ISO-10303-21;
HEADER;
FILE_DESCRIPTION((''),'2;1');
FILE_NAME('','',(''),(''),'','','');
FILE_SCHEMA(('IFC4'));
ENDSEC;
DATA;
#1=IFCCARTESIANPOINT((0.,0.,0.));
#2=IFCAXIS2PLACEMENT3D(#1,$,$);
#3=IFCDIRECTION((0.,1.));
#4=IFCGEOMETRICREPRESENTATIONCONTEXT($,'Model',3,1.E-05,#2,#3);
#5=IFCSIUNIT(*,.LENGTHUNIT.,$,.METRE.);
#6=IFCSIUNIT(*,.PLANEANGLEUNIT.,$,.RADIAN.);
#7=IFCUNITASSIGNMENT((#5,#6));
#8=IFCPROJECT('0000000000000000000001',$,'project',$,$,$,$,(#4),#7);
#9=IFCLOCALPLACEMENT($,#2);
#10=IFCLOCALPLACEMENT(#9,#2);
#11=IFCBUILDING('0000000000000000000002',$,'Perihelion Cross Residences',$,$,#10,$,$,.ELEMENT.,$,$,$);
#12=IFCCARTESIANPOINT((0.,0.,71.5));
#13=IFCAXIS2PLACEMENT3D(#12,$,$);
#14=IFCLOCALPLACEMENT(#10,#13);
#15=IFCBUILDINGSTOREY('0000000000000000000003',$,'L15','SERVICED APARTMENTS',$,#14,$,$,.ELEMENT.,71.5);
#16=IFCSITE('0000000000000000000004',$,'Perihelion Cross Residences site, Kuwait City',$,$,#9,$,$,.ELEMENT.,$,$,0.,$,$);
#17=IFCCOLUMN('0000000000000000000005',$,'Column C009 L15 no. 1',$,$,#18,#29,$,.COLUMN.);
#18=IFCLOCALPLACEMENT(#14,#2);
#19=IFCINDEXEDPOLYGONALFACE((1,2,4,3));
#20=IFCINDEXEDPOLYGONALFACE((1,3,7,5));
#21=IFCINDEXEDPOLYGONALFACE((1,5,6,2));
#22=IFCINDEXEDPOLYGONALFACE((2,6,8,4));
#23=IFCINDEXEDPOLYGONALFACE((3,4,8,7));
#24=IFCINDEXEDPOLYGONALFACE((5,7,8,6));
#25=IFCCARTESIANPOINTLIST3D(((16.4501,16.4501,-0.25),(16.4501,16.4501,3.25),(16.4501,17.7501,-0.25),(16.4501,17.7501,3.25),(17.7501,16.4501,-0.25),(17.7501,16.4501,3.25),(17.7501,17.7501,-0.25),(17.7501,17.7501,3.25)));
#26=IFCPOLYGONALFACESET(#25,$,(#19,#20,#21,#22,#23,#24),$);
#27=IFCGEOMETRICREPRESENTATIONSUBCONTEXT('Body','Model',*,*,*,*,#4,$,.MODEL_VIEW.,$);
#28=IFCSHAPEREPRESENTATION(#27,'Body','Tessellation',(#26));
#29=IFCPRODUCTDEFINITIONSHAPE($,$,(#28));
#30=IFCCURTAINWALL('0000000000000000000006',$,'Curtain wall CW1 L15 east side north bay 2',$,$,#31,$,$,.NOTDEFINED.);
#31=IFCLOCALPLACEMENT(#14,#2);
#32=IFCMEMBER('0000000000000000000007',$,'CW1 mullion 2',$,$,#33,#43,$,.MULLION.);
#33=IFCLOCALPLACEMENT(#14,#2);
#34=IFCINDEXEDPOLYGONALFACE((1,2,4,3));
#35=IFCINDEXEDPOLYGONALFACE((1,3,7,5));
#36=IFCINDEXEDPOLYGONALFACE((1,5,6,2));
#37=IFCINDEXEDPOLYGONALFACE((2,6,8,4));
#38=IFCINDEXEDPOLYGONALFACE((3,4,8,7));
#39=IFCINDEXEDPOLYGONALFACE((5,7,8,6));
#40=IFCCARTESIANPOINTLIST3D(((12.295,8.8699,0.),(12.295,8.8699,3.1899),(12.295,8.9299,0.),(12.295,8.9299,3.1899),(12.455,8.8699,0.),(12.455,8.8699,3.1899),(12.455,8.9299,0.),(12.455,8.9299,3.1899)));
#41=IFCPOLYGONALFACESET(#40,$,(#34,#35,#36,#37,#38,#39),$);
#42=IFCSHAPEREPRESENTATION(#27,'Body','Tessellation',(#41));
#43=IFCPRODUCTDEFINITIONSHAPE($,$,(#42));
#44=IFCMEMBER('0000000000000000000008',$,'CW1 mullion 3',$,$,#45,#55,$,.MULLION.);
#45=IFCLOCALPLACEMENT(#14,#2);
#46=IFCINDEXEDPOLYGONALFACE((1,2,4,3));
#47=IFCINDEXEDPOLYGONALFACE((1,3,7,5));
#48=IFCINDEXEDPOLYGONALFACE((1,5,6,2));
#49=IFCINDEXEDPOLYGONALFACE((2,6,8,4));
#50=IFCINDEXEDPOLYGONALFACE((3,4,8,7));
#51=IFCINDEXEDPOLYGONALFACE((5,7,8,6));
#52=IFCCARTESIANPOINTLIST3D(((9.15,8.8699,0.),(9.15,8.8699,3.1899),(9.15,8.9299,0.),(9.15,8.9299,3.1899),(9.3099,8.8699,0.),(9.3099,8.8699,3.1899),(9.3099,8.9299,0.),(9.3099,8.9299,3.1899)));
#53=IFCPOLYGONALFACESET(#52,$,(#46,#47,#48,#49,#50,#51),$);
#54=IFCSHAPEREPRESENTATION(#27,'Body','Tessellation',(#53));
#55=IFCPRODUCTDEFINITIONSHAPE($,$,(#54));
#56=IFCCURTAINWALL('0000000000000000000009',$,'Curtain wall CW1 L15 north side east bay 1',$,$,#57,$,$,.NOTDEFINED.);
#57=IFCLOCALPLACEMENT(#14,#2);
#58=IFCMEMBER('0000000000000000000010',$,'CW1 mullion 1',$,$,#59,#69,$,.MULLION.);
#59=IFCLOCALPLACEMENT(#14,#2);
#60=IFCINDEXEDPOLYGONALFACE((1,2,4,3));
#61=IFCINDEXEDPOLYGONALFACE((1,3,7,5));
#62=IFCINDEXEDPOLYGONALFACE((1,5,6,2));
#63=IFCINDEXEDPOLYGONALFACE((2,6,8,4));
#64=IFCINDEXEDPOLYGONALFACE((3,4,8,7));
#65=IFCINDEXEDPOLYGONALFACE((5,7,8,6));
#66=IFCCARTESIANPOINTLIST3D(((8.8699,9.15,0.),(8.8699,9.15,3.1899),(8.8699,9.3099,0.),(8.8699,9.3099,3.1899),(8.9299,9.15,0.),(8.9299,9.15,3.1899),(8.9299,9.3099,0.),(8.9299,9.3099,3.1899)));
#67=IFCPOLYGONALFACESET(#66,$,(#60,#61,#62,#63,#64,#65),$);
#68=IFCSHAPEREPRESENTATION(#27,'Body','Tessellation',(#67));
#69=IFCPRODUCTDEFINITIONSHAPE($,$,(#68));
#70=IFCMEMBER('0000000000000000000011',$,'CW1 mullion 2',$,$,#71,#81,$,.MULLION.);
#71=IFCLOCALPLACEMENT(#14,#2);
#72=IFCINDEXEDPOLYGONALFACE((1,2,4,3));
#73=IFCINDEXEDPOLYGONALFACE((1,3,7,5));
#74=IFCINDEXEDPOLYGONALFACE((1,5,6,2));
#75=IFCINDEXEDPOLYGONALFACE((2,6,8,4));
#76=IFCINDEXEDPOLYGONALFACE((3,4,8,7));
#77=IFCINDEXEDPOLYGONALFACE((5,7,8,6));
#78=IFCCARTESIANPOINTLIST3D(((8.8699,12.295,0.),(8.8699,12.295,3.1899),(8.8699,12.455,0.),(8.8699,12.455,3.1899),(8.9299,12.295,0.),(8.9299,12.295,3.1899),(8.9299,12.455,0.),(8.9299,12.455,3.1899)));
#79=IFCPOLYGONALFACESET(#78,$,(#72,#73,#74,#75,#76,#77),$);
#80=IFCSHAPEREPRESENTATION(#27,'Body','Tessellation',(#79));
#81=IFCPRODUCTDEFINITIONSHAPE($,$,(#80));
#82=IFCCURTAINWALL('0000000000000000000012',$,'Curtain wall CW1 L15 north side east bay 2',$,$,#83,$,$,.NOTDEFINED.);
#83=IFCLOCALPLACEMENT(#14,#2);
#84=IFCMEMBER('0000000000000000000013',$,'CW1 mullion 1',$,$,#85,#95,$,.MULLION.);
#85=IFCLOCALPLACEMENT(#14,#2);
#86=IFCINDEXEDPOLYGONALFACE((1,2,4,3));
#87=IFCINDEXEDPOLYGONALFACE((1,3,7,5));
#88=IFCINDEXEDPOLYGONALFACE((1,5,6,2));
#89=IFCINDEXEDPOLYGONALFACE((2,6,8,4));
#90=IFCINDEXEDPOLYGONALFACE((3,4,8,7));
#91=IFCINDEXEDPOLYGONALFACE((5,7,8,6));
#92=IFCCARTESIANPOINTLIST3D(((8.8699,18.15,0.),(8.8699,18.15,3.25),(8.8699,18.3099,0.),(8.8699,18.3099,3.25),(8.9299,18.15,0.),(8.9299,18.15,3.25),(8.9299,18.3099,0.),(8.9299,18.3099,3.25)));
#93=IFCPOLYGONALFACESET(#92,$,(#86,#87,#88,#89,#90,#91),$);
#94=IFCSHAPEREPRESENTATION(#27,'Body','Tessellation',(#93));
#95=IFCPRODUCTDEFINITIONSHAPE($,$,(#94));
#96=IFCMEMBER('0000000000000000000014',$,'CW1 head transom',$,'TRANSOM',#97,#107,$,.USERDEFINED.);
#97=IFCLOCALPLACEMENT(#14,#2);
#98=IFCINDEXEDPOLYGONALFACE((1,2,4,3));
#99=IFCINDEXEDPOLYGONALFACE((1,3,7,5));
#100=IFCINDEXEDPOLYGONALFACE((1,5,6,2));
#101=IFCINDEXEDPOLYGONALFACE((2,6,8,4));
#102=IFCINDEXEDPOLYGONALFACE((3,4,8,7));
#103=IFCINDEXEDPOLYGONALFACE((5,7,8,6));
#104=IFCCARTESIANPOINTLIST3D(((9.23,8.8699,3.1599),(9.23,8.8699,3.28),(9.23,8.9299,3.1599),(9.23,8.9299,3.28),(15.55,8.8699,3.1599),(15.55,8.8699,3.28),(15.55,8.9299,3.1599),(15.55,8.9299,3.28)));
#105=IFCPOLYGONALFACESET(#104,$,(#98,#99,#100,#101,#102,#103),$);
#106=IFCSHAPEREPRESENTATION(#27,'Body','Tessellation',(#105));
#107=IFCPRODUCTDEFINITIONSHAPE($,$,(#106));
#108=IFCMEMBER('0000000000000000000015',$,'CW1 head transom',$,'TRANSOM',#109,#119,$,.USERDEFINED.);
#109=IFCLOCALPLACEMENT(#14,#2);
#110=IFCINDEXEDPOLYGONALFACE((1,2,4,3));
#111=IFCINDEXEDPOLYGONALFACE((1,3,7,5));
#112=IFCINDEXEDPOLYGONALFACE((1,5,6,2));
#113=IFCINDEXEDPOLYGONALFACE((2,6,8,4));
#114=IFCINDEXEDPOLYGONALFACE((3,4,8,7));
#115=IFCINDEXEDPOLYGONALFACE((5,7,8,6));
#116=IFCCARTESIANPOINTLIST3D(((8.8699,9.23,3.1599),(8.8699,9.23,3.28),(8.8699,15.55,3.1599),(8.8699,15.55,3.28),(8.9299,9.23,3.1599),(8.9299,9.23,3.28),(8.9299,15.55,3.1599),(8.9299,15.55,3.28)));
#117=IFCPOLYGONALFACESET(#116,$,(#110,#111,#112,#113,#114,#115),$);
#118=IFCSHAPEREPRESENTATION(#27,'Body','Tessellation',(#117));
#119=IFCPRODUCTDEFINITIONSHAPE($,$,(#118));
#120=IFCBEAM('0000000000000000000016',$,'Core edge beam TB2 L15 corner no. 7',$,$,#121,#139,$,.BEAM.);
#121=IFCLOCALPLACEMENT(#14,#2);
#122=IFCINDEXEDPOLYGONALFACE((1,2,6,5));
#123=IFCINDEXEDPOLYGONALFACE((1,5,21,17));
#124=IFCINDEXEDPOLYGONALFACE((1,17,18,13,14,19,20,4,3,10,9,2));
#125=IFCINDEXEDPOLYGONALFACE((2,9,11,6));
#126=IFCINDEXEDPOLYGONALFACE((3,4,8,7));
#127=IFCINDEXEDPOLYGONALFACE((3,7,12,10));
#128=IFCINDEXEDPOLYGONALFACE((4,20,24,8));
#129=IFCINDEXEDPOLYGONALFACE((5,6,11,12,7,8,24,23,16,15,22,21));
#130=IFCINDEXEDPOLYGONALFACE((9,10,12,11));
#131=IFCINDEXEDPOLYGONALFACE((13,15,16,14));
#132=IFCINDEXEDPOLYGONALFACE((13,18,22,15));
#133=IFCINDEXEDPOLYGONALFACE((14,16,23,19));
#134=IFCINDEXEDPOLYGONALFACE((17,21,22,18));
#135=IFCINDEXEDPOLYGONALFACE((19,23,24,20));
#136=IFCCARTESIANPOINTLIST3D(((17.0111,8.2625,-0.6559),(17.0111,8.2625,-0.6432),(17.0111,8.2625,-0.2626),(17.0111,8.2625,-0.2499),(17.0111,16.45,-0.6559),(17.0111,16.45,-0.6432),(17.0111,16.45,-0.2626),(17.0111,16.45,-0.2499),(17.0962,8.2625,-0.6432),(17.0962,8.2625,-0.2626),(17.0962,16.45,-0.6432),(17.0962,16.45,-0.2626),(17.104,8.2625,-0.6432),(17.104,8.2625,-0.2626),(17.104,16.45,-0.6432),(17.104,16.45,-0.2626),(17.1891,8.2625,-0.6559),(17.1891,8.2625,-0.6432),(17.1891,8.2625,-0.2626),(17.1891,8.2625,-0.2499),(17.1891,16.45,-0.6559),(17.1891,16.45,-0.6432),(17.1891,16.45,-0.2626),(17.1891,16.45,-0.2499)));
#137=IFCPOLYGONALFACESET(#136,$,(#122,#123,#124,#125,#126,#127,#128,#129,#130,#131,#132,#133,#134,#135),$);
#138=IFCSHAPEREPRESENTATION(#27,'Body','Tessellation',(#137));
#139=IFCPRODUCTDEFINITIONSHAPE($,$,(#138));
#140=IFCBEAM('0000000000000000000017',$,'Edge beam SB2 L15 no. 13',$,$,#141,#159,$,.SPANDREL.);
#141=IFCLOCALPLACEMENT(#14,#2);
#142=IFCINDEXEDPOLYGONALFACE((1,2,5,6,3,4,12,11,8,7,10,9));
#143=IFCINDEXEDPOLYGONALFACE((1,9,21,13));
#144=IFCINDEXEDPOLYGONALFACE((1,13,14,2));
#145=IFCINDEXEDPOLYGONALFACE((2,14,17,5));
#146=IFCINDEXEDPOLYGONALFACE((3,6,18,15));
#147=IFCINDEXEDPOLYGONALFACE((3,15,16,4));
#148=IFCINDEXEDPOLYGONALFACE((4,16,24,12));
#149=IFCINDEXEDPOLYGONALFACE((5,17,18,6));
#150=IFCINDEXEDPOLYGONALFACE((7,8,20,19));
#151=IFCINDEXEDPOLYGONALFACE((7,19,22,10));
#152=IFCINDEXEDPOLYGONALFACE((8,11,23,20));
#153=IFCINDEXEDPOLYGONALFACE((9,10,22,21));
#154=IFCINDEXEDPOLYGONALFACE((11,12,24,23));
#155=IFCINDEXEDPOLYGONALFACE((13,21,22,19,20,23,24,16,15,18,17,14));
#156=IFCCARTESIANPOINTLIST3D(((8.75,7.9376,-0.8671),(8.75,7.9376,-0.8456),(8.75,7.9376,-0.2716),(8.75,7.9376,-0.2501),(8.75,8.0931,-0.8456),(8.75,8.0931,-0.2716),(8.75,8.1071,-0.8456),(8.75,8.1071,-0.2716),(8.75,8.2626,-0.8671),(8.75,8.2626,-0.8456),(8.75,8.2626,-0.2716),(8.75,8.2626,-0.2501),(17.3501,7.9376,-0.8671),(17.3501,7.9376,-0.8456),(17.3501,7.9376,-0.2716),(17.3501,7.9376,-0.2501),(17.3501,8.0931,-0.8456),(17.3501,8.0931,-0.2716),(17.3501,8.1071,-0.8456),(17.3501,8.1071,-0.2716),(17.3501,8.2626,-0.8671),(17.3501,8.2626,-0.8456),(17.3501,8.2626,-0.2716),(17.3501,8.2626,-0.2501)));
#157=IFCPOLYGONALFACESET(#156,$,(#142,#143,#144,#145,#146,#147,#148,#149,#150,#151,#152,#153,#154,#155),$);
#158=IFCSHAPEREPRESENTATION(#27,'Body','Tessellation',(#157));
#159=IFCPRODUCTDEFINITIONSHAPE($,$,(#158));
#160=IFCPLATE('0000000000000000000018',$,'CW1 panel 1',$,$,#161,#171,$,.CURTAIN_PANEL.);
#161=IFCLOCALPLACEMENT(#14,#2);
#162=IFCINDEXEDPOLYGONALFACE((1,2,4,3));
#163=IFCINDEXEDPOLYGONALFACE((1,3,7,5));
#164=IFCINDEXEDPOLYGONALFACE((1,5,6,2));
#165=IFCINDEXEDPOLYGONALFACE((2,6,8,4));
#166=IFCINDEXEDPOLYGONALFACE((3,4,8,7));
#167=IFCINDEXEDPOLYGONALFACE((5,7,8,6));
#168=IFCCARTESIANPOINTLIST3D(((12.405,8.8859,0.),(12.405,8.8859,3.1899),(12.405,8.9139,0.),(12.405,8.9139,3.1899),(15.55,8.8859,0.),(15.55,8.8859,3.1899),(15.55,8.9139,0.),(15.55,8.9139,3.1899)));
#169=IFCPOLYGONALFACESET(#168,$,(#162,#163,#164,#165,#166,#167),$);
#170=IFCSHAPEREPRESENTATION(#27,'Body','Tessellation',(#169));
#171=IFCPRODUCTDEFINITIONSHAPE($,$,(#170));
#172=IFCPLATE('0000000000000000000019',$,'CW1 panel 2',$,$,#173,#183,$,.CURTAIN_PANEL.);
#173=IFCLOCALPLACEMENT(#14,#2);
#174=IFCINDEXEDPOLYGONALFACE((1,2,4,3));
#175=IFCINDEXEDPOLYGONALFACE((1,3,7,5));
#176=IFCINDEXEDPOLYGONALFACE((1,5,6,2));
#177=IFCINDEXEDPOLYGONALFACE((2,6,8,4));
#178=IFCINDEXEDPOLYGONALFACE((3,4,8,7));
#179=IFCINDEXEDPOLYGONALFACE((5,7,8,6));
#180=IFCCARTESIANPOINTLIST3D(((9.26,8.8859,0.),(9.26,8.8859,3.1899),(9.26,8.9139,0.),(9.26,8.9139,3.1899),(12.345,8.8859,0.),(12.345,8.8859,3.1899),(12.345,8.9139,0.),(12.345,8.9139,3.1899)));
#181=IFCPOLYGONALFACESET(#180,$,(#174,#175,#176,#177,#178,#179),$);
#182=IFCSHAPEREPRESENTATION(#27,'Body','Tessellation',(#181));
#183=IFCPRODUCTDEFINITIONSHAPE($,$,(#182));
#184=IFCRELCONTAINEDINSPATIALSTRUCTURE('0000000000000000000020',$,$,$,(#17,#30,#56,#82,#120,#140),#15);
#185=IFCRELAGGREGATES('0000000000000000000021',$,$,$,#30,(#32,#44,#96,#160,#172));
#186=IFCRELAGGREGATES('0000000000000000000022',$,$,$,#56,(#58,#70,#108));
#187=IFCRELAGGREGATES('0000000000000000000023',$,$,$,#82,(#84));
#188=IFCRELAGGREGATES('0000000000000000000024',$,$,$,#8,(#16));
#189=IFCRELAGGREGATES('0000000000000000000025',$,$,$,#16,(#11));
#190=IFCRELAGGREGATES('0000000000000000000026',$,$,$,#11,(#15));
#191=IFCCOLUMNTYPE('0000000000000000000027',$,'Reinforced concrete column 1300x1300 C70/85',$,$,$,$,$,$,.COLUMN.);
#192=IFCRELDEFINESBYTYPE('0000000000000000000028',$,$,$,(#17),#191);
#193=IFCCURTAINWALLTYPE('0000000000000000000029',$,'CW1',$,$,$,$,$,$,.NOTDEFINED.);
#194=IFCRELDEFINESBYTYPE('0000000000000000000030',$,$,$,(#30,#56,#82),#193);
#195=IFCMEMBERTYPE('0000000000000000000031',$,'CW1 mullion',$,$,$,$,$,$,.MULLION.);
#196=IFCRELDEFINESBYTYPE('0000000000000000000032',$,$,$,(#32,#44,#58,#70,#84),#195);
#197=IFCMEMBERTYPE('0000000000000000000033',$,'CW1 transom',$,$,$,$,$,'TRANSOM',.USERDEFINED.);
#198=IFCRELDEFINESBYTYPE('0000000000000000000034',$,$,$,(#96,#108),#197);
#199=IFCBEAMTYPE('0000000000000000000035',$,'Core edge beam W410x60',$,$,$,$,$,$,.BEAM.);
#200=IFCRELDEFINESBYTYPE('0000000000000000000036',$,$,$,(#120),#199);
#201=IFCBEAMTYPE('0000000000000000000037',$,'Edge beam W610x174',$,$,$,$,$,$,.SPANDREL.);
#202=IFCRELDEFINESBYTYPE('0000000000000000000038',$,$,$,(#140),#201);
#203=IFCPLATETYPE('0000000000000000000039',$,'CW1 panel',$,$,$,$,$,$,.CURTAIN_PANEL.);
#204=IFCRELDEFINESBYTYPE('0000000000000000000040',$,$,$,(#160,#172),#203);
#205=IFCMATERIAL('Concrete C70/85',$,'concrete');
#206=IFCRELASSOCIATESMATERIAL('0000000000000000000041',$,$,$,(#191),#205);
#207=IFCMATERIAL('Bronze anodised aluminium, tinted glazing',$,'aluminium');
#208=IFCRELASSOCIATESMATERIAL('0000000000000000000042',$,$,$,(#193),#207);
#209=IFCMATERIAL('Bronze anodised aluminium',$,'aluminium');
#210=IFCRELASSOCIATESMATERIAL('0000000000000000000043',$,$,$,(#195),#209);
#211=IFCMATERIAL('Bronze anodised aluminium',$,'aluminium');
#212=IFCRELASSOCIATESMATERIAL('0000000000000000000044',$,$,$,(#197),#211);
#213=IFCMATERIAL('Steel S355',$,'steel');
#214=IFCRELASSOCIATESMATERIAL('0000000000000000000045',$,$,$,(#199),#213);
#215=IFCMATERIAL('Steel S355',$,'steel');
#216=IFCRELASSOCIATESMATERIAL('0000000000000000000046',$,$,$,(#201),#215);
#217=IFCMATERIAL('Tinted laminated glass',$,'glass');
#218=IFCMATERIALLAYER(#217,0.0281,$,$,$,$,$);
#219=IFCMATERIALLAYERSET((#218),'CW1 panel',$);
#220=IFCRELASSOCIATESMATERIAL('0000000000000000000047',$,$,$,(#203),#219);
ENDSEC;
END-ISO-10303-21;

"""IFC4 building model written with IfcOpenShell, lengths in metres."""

from ifc_helpers import new_model, si_unit, direction, frame, origin, origin_2d, place, context, subcontext, project, spatial, rectangle, i_section, extrude, material, layer, layer_set, material_profile, profile_set, type_object, element, aggregate, save


model = new_model("IFC4")

# Units and contexts
model_context = context("Model", 3, precision=1e-05, world=origin(), true_north=direction((0.0, 1.0)))
body_context = subcontext(model_context, "Body", "Model", "MODEL_VIEW")
ifc_project = project(units=[si_unit("LENGTHUNIT", "METRE"), si_unit("PLANEANGLEUNIT", "RADIAN")], contexts=[model_context])

# Site, building, storey
site_placement = place(None, origin())
site = spatial("IfcSite", under=ifc_project, at=site_placement, Name="Perihelion Cross Residences site, Kuwait City", CompositionType="ELEMENT", RefElevation=0.0)
building_placement = place(site_placement, origin())
building = spatial("IfcBuilding", under=site, at=building_placement, Name="Perihelion Cross Residences", CompositionType="ELEMENT")
storey_placement = place(building_placement, frame((0.0, 0.0, 71.5)))
storey = spatial("IfcBuildingStorey", under=building, at=storey_placement, Name="L15", Description="SERVICED APARTMENTS", CompositionType="ELEMENT", Elevation=71.5)

# Column
ifc_material_1 = material(Name="Concrete C70/85", Category="concrete")
ifc_material_profile_1 = material_profile(ifc_material_1, rectangle(XDim=1.3, YDim=1.3, at=origin_2d()), Name="RC 1300x1300")
ifc_profile_set_1 = profile_set([ifc_material_profile_1], Name="Concrete C70/85")
column_type = type_object("IfcColumnType", Name="Reinforced concrete column 1300x1300 C70/85", PredefinedType="COLUMN", material=ifc_profile_set_1)
column_placement = place(storey_placement, frame((17.1001, 17.1001, -0.25), z_axis=(0.0, 0.0, 1.0), x_axis=(1.0, 0.0, 0.0)))
element("IfcColumn", 1, at=column_placement, inside=storey, type_object=column_type, Name="Column C009 L15 no. 1", PredefinedType="COLUMN", context=body_context, shape_type="SweptSolid", body=[
    extrude(rectangle(XDim=1.3, YDim=1.3, at=origin_2d()), origin(), (0.0, 0.0, 1.0), 3.5),
])

# Curtain walls, members
ifc_material_2 = material(Name="Bronze anodised aluminium, tinted glazing", Category="aluminium")
curtain_wall_type = type_object("IfcCurtainWallType", Name="CW1", PredefinedType="NOTDEFINED", material=ifc_material_2)
curtain_wall_1_placement = place(storey_placement, origin())
curtain_wall_1 = element("IfcCurtainWall", 2, at=curtain_wall_1_placement, inside=storey, type_object=curtain_wall_type, Name="Curtain wall CW1 L15 east side north bay 2", PredefinedType="NOTDEFINED")
ifc_material_3 = material(Name="Bronze anodised aluminium", Category="aluminium")
ifc_material_profile_2 = material_profile(ifc_material_3, rectangle(XDim=0.0601, YDim=0.1599, at=origin_2d()), Name="CW1 mullion")
ifc_profile_set_2 = profile_set([ifc_material_profile_2], Name="Bronze anodised aluminium")
member_type_1 = type_object("IfcMemberType", Name="CW1 mullion", PredefinedType="MULLION", material=ifc_profile_set_2)
member_1_placement = place(storey_placement, frame((12.375, 8.8999, 0.0), z_axis=(0.0, 0.0, 1.0), x_axis=(0.0, -1.0, 0.0)))
member_1 = element("IfcMember", 3, at=member_1_placement, type_object=member_type_1, Name="CW1 mullion 2", PredefinedType="MULLION", context=body_context, shape_type="SweptSolid", body=[
    extrude(rectangle(XDim=0.0601, YDim=0.1599, at=origin_2d()), origin(), (0.0, 0.0, 1.0), 3.1899),
])
member_2_placement = place(storey_placement, frame((9.23, 8.8999, 0.0), z_axis=(0.0, 0.0, 1.0), x_axis=(0.0, -1.0, 0.0)))
member_2 = element("IfcMember", 4, at=member_2_placement, type_object=member_type_1, Name="CW1 mullion 3", PredefinedType="MULLION", context=body_context, shape_type="SweptSolid", body=[
    extrude(rectangle(XDim=0.0601, YDim=0.1599, at=origin_2d()), origin(), (0.0, 0.0, 1.0), 3.1899),
])
curtain_wall_2_placement = place(storey_placement, origin())
curtain_wall_2 = element("IfcCurtainWall", 5, at=curtain_wall_2_placement, inside=storey, type_object=curtain_wall_type, Name="Curtain wall CW1 L15 north side east bay 1", PredefinedType="NOTDEFINED")
member_3_placement = place(storey_placement, frame((8.8999, 9.23, 0.0), z_axis=(0.0, 0.0, 1.0), x_axis=(-1.0, 0.0, 0.0)))
member_3 = element("IfcMember", 6, at=member_3_placement, type_object=member_type_1, Name="CW1 mullion 1", PredefinedType="MULLION", context=body_context, shape_type="SweptSolid", body=[
    extrude(rectangle(XDim=0.0601, YDim=0.1599, at=origin_2d()), origin(), (0.0, 0.0, 1.0), 3.1899),
])
member_4_placement = place(storey_placement, frame((8.8999, 12.375, 0.0), z_axis=(0.0, 0.0, 1.0), x_axis=(-1.0, 0.0, 0.0)))
member_4 = element("IfcMember", 7, at=member_4_placement, type_object=member_type_1, Name="CW1 mullion 2", PredefinedType="MULLION", context=body_context, shape_type="SweptSolid", body=[
    extrude(rectangle(XDim=0.0601, YDim=0.1599, at=origin_2d()), origin(), (0.0, 0.0, 1.0), 3.1899),
])

# Curtain wall, member
curtain_wall_3_placement = place(storey_placement, origin())
curtain_wall_3 = element("IfcCurtainWall", 8, at=curtain_wall_3_placement, inside=storey, type_object=curtain_wall_type, Name="Curtain wall CW1 L15 north side east bay 2", PredefinedType="NOTDEFINED")
member_5_placement = place(storey_placement, frame((8.8999, 18.23, 0.0), z_axis=(0.0, 0.0, 1.0), x_axis=(-1.0, 0.0, 0.0)))
member_5 = element("IfcMember", 9, at=member_5_placement, type_object=member_type_1, Name="CW1 mullion 1", PredefinedType="MULLION", context=body_context, shape_type="SweptSolid", body=[
    extrude(rectangle(XDim=0.0601, YDim=0.1599, at=origin_2d()), origin(), (0.0, 0.0, 1.0), 3.25),
])

# Members
ifc_material_4 = material(Name="Bronze anodised aluminium", Category="aluminium")
ifc_material_profile_3 = material_profile(ifc_material_4, rectangle(XDim=0.0601, YDim=0.1201, at=origin_2d()), Name="CW1 transom")
ifc_profile_set_3 = profile_set([ifc_material_profile_3], Name="Bronze anodised aluminium")
member_type_2 = type_object("IfcMemberType", Name="CW1 transom", ElementType="TRANSOM", PredefinedType="USERDEFINED", material=ifc_profile_set_3)
member_6_placement = place(storey_placement, frame((15.55, 8.8999, 3.22), z_axis=(-1.0, 0.0, 0.0), x_axis=(0.0, -1.0, 0.0)))
member_6 = element("IfcMember", 10, at=member_6_placement, type_object=member_type_2, Name="CW1 head transom", ObjectType="TRANSOM", PredefinedType="USERDEFINED", context=body_context, shape_type="SweptSolid", body=[
    extrude(rectangle(XDim=0.0601, YDim=0.1201, at=origin_2d()), origin(), (0.0, 0.0, 1.0), 6.3201),
])
member_7_placement = place(storey_placement, frame((8.8999, 9.23, 3.22), z_axis=(0.0, 1.0, 0.0), x_axis=(-1.0, 0.0, 0.0)))
member_7 = element("IfcMember", 11, at=member_7_placement, type_object=member_type_2, Name="CW1 head transom", ObjectType="TRANSOM", PredefinedType="USERDEFINED", context=body_context, shape_type="SweptSolid", body=[
    extrude(rectangle(XDim=0.0601, YDim=0.1201, at=origin_2d()), origin(), (0.0, 0.0, 1.0), 6.3201),
])

# Beams
ifc_material_5 = material(Name="Steel S355", Category="steel")
ifc_material_profile_4 = material_profile(ifc_material_5, i_section(OverallWidth=0.178, OverallDepth=0.406, WebThickness=0.0078, FlangeThickness=0.0127, at=origin_2d()), Name="W410x60")
ifc_profile_set_4 = profile_set([ifc_material_profile_4], Name="Steel S355")
beam_type_1 = type_object("IfcBeamType", Name="Core edge beam W410x60", PredefinedType="BEAM", material=ifc_profile_set_4)
beam_1_placement = place(storey_placement, frame((17.1001, 8.2625, -0.4529), z_axis=(0.0, 1.0, 0.0), x_axis=(-1.0, 0.0, 0.0)))
element("IfcBeam", 12, at=beam_1_placement, inside=storey, type_object=beam_type_1, Name="Core edge beam TB2 L15 corner no. 7", PredefinedType="BEAM", context=body_context, shape_type="SweptSolid", body=[
    extrude(i_section(OverallWidth=0.178, OverallDepth=0.406, WebThickness=0.0078, FlangeThickness=0.0127, at=origin_2d()), origin(), (0.0, 0.0, 1.0), 8.1875),
])
ifc_material_6 = material(Name="Steel S355", Category="steel")
ifc_material_profile_5 = material_profile(ifc_material_6, i_section(OverallWidth=0.325, OverallDepth=0.6169, WebThickness=0.0139, FlangeThickness=0.0215, at=origin_2d()), Name="W610x174")
ifc_profile_set_5 = profile_set([ifc_material_profile_5], Name="Steel S355")
beam_type_2 = type_object("IfcBeamType", Name="Edge beam W610x174", PredefinedType="SPANDREL", material=ifc_profile_set_5)
beam_2_placement = place(storey_placement, frame((17.3501, 8.1001, -0.5586), z_axis=(-1.0, 0.0, 0.0), x_axis=(0.0, -1.0, 0.0)))
element("IfcBeam", 13, at=beam_2_placement, inside=storey, type_object=beam_type_2, Name="Edge beam SB2 L15 no. 13", PredefinedType="SPANDREL", context=body_context, shape_type="SweptSolid", body=[
    extrude(i_section(OverallWidth=0.325, OverallDepth=0.6169, WebThickness=0.0139, FlangeThickness=0.0215, at=origin_2d()), origin(), (0.0, 0.0, 1.0), 8.6001),
])

# Plates
ifc_material_7 = material(Name="Tinted laminated glass", Category="glass")
ifc_layer_1 = layer(ifc_material_7, 0.0281)
ifc_layer_set_1 = layer_set([ifc_layer_1], Name="CW1 panel")
plate_type = type_object("IfcPlateType", Name="CW1 panel", PredefinedType="CURTAIN_PANEL", material=ifc_layer_set_1)
plate_1_placement = place(storey_placement, frame((13.9775, 8.8999, 0.0), z_axis=(0.0, 0.0, 1.0), x_axis=(-1.0, 0.0, 0.0)))
plate_1 = element("IfcPlate", 14, at=plate_1_placement, type_object=plate_type, Name="CW1 panel 1", PredefinedType="CURTAIN_PANEL", context=body_context, shape_type="SweptSolid", body=[
    extrude(rectangle(XDim=3.145, YDim=0.0281, at=origin_2d()), origin(), (0.0, 0.0, 1.0), 3.1899),
])
plate_2_placement = place(storey_placement, frame((10.8025, 8.8999, 0.0), z_axis=(0.0, 0.0, 1.0), x_axis=(-1.0, 0.0, 0.0)))
plate_2 = element("IfcPlate", 15, at=plate_2_placement, type_object=plate_type, Name="CW1 panel 2", PredefinedType="CURTAIN_PANEL", context=body_context, shape_type="SweptSolid", body=[
    extrude(rectangle(XDim=3.085, YDim=0.0281, at=origin_2d()), origin(), (0.0, 0.0, 1.0), 3.1899),
])
aggregate(curtain_wall_1, [member_1, member_2, member_6, plate_1, plate_2])
aggregate(curtain_wall_2, [member_3, member_4, member_7])
aggregate(curtain_wall_3, [member_5])

save(model, "model.ifc")
